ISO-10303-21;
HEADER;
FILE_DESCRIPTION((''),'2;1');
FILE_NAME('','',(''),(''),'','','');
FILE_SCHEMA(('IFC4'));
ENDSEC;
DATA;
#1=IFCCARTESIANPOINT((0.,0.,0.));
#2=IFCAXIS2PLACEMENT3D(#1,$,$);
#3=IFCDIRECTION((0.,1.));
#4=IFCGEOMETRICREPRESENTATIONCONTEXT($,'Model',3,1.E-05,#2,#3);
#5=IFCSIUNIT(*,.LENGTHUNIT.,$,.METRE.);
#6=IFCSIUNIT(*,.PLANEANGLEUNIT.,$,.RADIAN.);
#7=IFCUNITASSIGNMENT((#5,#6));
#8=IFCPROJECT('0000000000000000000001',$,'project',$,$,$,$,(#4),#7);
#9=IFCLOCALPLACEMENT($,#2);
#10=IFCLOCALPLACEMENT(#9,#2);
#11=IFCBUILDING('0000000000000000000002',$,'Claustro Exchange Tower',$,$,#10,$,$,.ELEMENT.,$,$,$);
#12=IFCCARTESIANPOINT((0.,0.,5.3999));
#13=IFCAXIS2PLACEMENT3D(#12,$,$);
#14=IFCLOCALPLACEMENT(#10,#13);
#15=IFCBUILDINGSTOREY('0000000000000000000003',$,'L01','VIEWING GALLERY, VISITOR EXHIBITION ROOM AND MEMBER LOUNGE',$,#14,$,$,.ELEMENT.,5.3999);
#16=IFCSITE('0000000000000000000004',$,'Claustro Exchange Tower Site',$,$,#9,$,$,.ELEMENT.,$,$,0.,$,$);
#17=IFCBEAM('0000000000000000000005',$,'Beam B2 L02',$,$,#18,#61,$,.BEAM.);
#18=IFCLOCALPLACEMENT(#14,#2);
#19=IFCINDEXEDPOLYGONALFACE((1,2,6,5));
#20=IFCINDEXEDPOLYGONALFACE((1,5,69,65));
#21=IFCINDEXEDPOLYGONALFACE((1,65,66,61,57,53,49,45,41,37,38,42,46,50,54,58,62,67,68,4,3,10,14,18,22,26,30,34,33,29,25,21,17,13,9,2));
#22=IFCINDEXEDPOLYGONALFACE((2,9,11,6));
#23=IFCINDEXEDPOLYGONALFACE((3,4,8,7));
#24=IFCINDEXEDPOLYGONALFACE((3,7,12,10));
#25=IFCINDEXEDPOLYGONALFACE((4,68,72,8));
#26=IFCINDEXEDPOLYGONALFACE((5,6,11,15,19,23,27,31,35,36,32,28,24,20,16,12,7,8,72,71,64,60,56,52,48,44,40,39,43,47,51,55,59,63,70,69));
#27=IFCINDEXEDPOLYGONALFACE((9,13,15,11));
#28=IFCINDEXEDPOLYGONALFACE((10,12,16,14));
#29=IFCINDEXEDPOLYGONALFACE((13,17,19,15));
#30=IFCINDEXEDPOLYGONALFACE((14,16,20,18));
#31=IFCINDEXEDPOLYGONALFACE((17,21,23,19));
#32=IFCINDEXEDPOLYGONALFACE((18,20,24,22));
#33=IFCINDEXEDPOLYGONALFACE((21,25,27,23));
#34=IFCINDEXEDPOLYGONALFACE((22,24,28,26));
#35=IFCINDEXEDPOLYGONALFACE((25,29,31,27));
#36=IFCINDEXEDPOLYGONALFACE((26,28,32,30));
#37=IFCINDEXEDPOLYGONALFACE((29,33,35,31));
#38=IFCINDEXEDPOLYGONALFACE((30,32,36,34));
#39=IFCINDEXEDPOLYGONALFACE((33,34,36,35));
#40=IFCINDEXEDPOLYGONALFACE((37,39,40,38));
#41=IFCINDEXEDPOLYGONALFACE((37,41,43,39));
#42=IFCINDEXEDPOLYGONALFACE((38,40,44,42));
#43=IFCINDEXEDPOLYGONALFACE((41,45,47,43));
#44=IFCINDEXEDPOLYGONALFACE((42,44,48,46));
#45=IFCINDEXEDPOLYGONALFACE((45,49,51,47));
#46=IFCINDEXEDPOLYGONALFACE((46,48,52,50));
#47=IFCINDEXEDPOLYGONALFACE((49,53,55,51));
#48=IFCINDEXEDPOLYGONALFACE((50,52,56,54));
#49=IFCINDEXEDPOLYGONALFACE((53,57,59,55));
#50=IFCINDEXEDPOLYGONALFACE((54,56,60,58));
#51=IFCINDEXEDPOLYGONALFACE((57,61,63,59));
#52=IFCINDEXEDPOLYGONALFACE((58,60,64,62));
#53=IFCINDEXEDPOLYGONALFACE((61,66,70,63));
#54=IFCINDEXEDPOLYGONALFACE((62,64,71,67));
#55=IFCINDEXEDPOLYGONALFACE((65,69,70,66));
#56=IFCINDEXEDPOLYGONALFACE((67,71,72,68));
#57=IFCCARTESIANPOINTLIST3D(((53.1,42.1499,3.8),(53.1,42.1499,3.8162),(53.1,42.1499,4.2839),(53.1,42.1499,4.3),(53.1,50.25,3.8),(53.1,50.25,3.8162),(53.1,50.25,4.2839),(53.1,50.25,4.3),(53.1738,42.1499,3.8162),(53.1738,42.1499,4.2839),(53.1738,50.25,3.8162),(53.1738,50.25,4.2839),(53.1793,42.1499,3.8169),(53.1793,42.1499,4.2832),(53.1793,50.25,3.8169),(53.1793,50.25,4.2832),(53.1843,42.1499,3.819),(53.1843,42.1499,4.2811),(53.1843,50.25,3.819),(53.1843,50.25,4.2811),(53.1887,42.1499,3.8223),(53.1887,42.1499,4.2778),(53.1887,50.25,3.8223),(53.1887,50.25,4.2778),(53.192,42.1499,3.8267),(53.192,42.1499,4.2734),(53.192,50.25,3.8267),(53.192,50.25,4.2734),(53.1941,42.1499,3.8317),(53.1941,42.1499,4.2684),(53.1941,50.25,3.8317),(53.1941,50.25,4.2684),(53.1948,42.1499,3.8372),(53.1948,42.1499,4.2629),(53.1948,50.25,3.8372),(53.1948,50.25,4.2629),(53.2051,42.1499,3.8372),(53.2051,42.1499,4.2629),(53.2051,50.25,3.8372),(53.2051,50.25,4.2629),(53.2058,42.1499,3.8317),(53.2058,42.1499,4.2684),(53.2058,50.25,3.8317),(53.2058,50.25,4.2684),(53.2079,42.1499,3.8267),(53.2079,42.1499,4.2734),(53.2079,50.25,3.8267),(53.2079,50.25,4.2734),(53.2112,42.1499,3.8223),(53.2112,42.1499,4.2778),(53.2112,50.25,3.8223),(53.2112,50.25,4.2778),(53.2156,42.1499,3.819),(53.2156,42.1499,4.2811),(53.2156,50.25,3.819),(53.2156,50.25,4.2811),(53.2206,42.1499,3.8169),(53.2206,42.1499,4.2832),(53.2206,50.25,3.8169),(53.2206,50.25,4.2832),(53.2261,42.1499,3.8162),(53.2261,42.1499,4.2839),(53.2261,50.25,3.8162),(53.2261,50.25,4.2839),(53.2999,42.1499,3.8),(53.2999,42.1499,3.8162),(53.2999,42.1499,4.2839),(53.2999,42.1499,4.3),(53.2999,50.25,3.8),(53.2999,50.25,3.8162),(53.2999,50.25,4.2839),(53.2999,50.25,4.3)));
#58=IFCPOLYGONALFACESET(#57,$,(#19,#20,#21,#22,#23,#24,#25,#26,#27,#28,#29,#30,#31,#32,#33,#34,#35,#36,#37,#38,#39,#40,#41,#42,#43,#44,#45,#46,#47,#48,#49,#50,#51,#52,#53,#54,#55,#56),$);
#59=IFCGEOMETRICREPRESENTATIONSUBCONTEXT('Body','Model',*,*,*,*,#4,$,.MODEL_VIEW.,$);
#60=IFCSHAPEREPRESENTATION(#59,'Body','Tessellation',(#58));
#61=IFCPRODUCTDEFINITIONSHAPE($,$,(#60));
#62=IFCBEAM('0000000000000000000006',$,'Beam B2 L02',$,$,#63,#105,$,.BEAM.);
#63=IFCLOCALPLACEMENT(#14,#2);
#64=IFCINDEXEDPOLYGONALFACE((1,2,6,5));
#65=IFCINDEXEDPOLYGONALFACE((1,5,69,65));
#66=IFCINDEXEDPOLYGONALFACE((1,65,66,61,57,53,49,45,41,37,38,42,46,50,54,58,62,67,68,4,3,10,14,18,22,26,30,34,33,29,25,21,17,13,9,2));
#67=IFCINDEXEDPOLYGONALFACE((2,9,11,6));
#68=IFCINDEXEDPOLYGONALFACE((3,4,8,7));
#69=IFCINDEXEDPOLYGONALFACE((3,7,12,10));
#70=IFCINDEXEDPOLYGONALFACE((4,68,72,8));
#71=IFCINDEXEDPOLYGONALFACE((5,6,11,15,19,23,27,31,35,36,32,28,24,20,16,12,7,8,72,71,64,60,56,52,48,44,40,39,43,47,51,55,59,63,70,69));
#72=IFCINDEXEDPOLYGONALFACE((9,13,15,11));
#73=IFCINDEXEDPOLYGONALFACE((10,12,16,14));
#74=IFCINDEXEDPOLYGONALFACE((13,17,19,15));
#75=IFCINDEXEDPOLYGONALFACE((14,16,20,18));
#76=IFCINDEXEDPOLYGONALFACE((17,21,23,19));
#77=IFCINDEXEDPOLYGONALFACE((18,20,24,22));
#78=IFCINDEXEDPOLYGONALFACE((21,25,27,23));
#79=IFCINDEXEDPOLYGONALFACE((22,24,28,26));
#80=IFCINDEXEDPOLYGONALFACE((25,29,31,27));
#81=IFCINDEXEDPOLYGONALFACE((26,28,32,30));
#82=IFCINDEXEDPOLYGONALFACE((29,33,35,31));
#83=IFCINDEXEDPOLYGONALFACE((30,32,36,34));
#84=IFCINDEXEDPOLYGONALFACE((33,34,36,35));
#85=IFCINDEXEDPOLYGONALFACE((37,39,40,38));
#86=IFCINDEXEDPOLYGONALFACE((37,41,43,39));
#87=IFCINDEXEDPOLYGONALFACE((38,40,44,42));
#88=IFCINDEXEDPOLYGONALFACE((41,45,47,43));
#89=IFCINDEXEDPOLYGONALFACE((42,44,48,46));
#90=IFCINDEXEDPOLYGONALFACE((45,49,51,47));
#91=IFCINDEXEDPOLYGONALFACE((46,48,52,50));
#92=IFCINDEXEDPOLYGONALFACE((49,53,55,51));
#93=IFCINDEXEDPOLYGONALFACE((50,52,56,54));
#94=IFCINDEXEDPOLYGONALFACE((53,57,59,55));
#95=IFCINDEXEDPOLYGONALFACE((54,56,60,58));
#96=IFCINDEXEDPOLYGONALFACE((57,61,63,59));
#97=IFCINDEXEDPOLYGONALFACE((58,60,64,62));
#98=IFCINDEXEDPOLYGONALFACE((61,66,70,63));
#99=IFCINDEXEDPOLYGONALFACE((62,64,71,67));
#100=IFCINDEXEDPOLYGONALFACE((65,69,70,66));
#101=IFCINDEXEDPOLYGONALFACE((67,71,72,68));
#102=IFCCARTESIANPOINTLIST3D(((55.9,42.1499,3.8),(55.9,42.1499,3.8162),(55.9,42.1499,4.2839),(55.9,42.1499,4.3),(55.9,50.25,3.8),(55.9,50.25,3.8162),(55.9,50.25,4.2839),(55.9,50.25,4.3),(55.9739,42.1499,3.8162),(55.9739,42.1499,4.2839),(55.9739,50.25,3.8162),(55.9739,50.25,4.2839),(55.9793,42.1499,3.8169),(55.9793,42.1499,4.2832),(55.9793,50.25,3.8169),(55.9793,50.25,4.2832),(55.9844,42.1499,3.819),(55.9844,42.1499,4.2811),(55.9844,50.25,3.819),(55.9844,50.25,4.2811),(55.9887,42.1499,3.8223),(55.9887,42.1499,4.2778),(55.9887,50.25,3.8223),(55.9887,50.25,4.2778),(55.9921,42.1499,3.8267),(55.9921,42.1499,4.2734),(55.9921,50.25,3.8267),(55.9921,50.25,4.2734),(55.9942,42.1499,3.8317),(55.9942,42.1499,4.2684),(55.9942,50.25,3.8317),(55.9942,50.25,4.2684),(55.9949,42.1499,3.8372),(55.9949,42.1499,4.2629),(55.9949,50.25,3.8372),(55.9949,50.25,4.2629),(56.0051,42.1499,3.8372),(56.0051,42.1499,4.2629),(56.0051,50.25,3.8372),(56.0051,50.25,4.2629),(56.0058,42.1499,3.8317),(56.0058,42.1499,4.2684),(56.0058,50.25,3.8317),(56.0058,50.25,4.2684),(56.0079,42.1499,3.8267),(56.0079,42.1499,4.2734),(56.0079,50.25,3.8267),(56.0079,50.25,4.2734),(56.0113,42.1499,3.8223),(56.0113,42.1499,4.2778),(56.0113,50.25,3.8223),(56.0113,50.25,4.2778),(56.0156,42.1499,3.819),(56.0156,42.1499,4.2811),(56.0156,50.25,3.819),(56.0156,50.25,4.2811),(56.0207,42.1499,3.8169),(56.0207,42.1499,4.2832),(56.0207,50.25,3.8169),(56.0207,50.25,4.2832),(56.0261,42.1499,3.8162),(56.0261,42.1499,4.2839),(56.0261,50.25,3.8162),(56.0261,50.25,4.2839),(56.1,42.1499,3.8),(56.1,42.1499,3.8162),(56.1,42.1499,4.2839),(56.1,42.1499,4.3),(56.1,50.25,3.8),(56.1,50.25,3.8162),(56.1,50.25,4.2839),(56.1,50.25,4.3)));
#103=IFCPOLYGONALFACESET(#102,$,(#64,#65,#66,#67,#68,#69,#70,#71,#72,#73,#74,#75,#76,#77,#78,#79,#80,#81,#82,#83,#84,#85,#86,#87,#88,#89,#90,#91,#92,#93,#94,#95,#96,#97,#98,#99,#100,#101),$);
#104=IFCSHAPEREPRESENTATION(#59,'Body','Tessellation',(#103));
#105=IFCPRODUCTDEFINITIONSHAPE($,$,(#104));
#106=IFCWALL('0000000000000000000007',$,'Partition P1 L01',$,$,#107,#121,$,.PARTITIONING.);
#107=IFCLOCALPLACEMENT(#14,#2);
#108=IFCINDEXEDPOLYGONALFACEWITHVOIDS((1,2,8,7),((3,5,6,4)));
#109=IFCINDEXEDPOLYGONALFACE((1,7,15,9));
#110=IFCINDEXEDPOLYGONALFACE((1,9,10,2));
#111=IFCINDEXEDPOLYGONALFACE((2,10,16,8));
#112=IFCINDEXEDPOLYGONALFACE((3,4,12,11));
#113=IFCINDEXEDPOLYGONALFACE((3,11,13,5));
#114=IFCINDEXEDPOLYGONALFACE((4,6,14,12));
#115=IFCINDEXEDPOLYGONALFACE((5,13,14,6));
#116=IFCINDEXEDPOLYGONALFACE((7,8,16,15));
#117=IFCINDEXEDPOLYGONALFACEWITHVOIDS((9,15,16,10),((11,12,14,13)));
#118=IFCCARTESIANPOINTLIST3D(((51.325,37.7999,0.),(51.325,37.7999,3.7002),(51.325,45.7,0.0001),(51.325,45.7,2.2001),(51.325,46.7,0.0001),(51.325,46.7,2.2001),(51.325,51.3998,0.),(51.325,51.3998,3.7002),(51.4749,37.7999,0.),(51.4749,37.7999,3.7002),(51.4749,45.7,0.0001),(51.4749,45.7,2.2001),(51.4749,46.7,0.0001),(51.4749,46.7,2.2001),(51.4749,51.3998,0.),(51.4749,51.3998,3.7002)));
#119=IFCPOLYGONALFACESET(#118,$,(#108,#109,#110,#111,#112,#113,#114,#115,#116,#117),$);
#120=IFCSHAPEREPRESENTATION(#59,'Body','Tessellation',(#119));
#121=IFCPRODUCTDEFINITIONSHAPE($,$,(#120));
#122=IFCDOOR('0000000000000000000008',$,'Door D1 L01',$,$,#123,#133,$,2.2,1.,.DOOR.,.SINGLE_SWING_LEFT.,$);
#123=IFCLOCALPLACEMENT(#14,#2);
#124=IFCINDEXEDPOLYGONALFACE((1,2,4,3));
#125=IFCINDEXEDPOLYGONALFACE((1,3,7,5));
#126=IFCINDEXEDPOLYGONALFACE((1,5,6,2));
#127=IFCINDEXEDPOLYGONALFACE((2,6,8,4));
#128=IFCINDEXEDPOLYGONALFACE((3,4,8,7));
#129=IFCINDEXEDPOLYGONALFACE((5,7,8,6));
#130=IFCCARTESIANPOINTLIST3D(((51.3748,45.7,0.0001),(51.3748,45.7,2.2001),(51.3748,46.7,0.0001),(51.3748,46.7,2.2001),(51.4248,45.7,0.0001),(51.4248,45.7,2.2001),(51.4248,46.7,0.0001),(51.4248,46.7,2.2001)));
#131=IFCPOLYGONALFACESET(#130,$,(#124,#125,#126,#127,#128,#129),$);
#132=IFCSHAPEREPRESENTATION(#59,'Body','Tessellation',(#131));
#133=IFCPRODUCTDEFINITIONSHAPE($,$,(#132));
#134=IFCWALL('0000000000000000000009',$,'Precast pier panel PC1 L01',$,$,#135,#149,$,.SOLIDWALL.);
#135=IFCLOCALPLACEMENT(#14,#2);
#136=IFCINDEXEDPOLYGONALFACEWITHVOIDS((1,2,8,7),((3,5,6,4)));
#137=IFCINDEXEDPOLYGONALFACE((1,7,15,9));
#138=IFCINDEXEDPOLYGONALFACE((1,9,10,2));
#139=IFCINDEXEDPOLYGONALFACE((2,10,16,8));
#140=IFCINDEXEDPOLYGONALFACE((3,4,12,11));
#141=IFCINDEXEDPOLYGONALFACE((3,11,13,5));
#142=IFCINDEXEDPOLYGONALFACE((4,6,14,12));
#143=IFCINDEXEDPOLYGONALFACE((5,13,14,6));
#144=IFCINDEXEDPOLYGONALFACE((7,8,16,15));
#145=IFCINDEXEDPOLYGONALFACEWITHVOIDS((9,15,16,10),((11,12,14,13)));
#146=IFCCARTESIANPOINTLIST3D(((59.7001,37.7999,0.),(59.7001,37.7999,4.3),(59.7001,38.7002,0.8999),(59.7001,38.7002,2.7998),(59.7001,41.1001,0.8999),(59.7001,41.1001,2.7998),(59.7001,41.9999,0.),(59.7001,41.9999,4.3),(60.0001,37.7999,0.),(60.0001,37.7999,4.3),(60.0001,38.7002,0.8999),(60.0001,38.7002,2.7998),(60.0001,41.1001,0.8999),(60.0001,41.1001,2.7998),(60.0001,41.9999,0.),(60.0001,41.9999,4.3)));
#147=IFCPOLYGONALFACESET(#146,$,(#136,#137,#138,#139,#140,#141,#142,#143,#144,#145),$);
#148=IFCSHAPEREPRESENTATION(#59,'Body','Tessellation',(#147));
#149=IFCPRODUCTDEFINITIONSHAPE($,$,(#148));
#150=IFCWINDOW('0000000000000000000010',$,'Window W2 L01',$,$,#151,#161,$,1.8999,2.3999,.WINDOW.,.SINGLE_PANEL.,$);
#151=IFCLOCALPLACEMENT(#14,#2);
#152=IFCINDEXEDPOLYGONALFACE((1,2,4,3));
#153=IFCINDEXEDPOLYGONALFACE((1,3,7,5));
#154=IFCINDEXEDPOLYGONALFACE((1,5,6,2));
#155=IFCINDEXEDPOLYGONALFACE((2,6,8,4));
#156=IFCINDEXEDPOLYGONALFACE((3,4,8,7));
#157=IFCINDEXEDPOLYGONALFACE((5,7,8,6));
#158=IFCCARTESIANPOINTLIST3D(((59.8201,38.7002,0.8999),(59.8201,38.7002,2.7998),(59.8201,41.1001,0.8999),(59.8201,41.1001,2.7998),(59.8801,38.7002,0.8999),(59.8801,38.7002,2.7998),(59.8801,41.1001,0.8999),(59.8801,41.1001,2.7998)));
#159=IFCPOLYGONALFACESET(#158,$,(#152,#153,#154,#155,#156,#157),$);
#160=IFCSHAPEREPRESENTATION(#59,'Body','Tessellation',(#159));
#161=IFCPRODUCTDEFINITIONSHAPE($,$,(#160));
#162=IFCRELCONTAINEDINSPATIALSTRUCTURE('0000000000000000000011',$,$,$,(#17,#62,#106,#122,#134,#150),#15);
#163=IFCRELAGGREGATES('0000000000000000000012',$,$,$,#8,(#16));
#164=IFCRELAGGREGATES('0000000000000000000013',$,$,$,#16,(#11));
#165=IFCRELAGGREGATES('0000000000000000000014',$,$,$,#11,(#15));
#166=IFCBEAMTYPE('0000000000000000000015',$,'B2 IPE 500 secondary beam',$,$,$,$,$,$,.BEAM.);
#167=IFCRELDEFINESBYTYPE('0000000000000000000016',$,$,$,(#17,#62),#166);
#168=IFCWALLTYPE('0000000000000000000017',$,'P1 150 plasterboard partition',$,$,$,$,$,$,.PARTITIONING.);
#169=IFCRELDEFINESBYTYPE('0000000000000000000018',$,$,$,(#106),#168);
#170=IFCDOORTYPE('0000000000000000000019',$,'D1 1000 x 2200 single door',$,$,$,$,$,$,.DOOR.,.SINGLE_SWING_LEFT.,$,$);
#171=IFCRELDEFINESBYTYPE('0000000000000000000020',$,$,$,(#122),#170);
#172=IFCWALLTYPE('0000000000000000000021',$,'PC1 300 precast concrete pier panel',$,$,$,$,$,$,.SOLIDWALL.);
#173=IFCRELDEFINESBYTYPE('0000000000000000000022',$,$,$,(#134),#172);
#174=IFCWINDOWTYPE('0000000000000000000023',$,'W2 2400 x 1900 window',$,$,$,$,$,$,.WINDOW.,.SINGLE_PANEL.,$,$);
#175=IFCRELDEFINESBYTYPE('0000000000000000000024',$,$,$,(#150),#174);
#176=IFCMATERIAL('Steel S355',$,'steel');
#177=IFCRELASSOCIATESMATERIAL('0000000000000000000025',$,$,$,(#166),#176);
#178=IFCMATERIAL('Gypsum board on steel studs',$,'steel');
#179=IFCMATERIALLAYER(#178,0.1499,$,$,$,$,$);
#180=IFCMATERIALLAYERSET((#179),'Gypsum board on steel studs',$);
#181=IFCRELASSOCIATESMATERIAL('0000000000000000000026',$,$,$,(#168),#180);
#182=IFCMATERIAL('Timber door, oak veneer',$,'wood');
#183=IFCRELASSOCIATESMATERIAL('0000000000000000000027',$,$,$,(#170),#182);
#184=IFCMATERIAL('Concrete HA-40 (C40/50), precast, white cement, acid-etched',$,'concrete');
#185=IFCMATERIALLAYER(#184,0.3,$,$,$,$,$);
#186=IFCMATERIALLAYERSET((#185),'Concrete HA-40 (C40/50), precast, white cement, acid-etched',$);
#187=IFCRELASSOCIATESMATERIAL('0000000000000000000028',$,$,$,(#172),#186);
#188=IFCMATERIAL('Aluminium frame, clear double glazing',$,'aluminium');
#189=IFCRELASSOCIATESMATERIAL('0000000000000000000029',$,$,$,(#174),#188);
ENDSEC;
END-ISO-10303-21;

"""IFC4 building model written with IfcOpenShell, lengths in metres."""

from ifc_helpers import new_model, si_unit, direction, frame, frame_2d, origin, origin_2d, place, context, subcontext, project, spatial, rectangle, i_section, extrude, material, layer, layer_set, material_profile, profile_set, type_object, element, fill, save


model = new_model("IFC4")

# Units and contexts
model_context = context("Model", 3, precision=1e-05, world=origin(), true_north=direction((0.0, 1.0)))
body_context = subcontext(model_context, "Body", "Model", "MODEL_VIEW")
ifc_project = project(units=[si_unit("LENGTHUNIT", "METRE"), si_unit("PLANEANGLEUNIT", "RADIAN")], contexts=[model_context])

# Site, building, storey
site_placement = place(None, origin())
site = spatial("IfcSite", under=ifc_project, at=site_placement, Name="Claustro Exchange Tower Site", CompositionType="ELEMENT", RefElevation=0.0)
building_placement = place(site_placement, origin())
building = spatial("IfcBuilding", under=site, at=building_placement, Name="Claustro Exchange Tower", CompositionType="ELEMENT")
storey_placement = place(building_placement, frame((0.0, 0.0, 5.3999)))
storey = spatial("IfcBuildingStorey", under=building, at=storey_placement, Name="L01", Description="VIEWING GALLERY, VISITOR EXHIBITION ROOM AND MEMBER LOUNGE", CompositionType="ELEMENT", Elevation=5.3999)

# Beams
ifc_material_1 = material(Name="Steel S355", Category="steel")
ifc_material_profile_1 = material_profile(ifc_material_1, i_section(OverallWidth=0.2, OverallDepth=0.5, WebThickness=0.0103, FlangeThickness=0.0161, FilletRadius=0.021, at=origin_2d()), Name="IPE 500")
ifc_profile_set_1 = profile_set([ifc_material_profile_1], Name="Steel S355")
beam_type_1 = type_object("IfcBeamType", Name="B2 IPE 500 secondary beam", PredefinedType="BEAM", material=ifc_profile_set_1)
for number, where, z_axis, x_axis, name in (
    (1, (53.2, 42.1499, 4.05), (0.0, 1.0, 0.0), (-1.0, 0.0, 0.0), "Beam B2 L02"),
    (2, (56.0, 42.1499, 4.05), (0.0, 1.0, 0.0), (-1.0, 0.0, 0.0), "Beam B2 L02"),
):
    element("IfcBeam", number, at=place(storey_placement, frame(where, z_axis=z_axis, x_axis=x_axis)), inside=storey, type_object=beam_type_1, Name=name, PredefinedType="BEAM", context=body_context, shape_type="SweptSolid", body=[
        extrude(i_section(OverallWidth=0.2, OverallDepth=0.5, WebThickness=0.0103, FlangeThickness=0.0161, FilletRadius=0.021, at=origin_2d()), origin(), (0.0, 0.0, 1.0), 8.1001),
    ])

# Wall, opening, door
ifc_material_2 = material(Name="Gypsum board on steel studs", Category="steel")
ifc_layer_1 = layer(ifc_material_2, 0.1499)
ifc_layer_set_1 = layer_set([ifc_layer_1], Name="Gypsum board on steel studs")
wall_type_1 = type_object("IfcWallType", Name="P1 150 plasterboard partition", PredefinedType="PARTITIONING", material=ifc_layer_set_1)
wall_1_placement = place(storey_placement, frame((51.3999, 37.8, 0.0), z_axis=(0.0, 0.0, 1.0), x_axis=(0.0, 1.0, 0.0)))
wall_1 = element("IfcWall", 3, at=wall_1_placement, inside=storey, type_object=wall_type_1, Name="Partition P1 L01", PredefinedType="PARTITIONING", context=body_context, shape_type="SweptSolid", body=[
    extrude(rectangle(XDim=13.5999, YDim=0.1499, at=frame_2d((6.7998, 0.0))), origin(), (0.0, 0.0, 1.0), 3.7002),
])
opening_1_placement = place(wall_1_placement, frame((7.8999, 0.0, 0.0)))
opening_1 = element("IfcOpeningElement", 4, at=opening_1_placement, cuts=wall_1, PredefinedType="OPENING", context=body_context, shape_type="SweptSolid", body=[
    extrude(rectangle(XDim=1.0, YDim=2.2, at=frame_2d((0.5, 1.1001))), frame((0.0, 0.085, 0.0), z_axis=(0.0, -1.0, 0.0), x_axis=(1.0, 0.0, 0.0)), (0.0, 0.0, 1.0), 0.1699),
])
ifc_material_3 = material(Name="Timber door, oak veneer", Category="wood")
door_type = type_object("IfcDoorType", Name="D1 1000 x 2200 single door", OperationType="SINGLE_SWING_LEFT", PredefinedType="DOOR", material=ifc_material_3)
door_placement = place(opening_1_placement, frame((1.0, 0.0, 0.0), z_axis=(0.0, 0.0, 1.0), x_axis=(-1.0, 0.0, 0.0)))
door = element("IfcDoor", 5, at=door_placement, inside=storey, type_object=door_type, Name="Door D1 L01", OperationType="SINGLE_SWING_LEFT", OverallHeight=2.2, OverallWidth=1.0, PredefinedType="DOOR", context=body_context, shape_type="SweptSolid", body=[
    extrude(rectangle(XDim=1.0, YDim=2.2, at=frame_2d((0.5, 1.1001))), frame((0.0, 0.0249, 0.0), z_axis=(0.0, -1.0, 0.0), x_axis=(1.0, 0.0, 0.0)), (0.0, 0.0, 1.0), 0.05),
])
fill(opening_1, door)

# Wall, opening, window
ifc_material_4 = material(Name="Concrete HA-40 (C40/50), precast, white cement, acid-etched", Category="concrete")
ifc_layer_2 = layer(ifc_material_4, 0.3)
ifc_layer_set_2 = layer_set([ifc_layer_2], Name="Concrete HA-40 (C40/50), precast, white cement, acid-etched")
wall_type_2 = type_object("IfcWallType", Name="PC1 300 precast concrete pier panel", PredefinedType="SOLIDWALL", material=ifc_layer_set_2)
wall_2_placement = place(storey_placement, frame((59.8501, 42.0, 0.0), z_axis=(0.0, 0.0, 1.0), x_axis=(0.0, -1.0, 0.0)))
wall_2 = element("IfcWall", 6, at=wall_2_placement, inside=storey, type_object=wall_type_2, Name="Precast pier panel PC1 L01", PredefinedType="SOLIDWALL", context=body_context, shape_type="SweptSolid", body=[
    extrude(rectangle(XDim=4.2, YDim=0.3, at=frame_2d((2.1001, 0.0))), origin(), (0.0, 0.0, 1.0), 4.3),
])
opening_2_placement = place(wall_2_placement, frame((0.8999, 0.0, 0.8999)))
opening_2 = element("IfcOpeningElement", 7, at=opening_2_placement, cuts=wall_2, PredefinedType="OPENING", context=body_context, shape_type="SweptSolid", body=[
    extrude(rectangle(XDim=2.3999, YDim=1.8999, at=frame_2d((1.2, 0.95))), frame((0.0, 0.1599, 0.0), z_axis=(0.0, -1.0, 0.0), x_axis=(1.0, 0.0, 0.0)), (0.0, 0.0, 1.0), 0.3201),
])
ifc_material_5 = material(Name="Aluminium frame, clear double glazing", Category="aluminium")
window_type_1 = type_object("IfcWindowType", Name="W2 2400 x 1900 window", PartitioningType="SINGLE_PANEL", PredefinedType="WINDOW", material=ifc_material_5)
window_1_placement = place(opening_2_placement, origin())
window_1 = element("IfcWindow", 8, at=window_1_placement, inside=storey, type_object=window_type_1, Name="Window W2 L01", OverallHeight=1.8999, OverallWidth=2.3999, PartitioningType="SINGLE_PANEL", PredefinedType="WINDOW", context=body_context, shape_type="SweptSolid", body=[
    extrude(rectangle(XDim=2.3999, YDim=1.8999, at=frame_2d((1.2, 0.95))), frame((0.0, 0.03, 0.0), z_axis=(0.0, -1.0, 0.0), x_axis=(1.0, 0.0, 0.0)), (0.0, 0.0, 1.0), 0.0601),
])
fill(opening_2, window_1)

save(model, "model.ifc")
